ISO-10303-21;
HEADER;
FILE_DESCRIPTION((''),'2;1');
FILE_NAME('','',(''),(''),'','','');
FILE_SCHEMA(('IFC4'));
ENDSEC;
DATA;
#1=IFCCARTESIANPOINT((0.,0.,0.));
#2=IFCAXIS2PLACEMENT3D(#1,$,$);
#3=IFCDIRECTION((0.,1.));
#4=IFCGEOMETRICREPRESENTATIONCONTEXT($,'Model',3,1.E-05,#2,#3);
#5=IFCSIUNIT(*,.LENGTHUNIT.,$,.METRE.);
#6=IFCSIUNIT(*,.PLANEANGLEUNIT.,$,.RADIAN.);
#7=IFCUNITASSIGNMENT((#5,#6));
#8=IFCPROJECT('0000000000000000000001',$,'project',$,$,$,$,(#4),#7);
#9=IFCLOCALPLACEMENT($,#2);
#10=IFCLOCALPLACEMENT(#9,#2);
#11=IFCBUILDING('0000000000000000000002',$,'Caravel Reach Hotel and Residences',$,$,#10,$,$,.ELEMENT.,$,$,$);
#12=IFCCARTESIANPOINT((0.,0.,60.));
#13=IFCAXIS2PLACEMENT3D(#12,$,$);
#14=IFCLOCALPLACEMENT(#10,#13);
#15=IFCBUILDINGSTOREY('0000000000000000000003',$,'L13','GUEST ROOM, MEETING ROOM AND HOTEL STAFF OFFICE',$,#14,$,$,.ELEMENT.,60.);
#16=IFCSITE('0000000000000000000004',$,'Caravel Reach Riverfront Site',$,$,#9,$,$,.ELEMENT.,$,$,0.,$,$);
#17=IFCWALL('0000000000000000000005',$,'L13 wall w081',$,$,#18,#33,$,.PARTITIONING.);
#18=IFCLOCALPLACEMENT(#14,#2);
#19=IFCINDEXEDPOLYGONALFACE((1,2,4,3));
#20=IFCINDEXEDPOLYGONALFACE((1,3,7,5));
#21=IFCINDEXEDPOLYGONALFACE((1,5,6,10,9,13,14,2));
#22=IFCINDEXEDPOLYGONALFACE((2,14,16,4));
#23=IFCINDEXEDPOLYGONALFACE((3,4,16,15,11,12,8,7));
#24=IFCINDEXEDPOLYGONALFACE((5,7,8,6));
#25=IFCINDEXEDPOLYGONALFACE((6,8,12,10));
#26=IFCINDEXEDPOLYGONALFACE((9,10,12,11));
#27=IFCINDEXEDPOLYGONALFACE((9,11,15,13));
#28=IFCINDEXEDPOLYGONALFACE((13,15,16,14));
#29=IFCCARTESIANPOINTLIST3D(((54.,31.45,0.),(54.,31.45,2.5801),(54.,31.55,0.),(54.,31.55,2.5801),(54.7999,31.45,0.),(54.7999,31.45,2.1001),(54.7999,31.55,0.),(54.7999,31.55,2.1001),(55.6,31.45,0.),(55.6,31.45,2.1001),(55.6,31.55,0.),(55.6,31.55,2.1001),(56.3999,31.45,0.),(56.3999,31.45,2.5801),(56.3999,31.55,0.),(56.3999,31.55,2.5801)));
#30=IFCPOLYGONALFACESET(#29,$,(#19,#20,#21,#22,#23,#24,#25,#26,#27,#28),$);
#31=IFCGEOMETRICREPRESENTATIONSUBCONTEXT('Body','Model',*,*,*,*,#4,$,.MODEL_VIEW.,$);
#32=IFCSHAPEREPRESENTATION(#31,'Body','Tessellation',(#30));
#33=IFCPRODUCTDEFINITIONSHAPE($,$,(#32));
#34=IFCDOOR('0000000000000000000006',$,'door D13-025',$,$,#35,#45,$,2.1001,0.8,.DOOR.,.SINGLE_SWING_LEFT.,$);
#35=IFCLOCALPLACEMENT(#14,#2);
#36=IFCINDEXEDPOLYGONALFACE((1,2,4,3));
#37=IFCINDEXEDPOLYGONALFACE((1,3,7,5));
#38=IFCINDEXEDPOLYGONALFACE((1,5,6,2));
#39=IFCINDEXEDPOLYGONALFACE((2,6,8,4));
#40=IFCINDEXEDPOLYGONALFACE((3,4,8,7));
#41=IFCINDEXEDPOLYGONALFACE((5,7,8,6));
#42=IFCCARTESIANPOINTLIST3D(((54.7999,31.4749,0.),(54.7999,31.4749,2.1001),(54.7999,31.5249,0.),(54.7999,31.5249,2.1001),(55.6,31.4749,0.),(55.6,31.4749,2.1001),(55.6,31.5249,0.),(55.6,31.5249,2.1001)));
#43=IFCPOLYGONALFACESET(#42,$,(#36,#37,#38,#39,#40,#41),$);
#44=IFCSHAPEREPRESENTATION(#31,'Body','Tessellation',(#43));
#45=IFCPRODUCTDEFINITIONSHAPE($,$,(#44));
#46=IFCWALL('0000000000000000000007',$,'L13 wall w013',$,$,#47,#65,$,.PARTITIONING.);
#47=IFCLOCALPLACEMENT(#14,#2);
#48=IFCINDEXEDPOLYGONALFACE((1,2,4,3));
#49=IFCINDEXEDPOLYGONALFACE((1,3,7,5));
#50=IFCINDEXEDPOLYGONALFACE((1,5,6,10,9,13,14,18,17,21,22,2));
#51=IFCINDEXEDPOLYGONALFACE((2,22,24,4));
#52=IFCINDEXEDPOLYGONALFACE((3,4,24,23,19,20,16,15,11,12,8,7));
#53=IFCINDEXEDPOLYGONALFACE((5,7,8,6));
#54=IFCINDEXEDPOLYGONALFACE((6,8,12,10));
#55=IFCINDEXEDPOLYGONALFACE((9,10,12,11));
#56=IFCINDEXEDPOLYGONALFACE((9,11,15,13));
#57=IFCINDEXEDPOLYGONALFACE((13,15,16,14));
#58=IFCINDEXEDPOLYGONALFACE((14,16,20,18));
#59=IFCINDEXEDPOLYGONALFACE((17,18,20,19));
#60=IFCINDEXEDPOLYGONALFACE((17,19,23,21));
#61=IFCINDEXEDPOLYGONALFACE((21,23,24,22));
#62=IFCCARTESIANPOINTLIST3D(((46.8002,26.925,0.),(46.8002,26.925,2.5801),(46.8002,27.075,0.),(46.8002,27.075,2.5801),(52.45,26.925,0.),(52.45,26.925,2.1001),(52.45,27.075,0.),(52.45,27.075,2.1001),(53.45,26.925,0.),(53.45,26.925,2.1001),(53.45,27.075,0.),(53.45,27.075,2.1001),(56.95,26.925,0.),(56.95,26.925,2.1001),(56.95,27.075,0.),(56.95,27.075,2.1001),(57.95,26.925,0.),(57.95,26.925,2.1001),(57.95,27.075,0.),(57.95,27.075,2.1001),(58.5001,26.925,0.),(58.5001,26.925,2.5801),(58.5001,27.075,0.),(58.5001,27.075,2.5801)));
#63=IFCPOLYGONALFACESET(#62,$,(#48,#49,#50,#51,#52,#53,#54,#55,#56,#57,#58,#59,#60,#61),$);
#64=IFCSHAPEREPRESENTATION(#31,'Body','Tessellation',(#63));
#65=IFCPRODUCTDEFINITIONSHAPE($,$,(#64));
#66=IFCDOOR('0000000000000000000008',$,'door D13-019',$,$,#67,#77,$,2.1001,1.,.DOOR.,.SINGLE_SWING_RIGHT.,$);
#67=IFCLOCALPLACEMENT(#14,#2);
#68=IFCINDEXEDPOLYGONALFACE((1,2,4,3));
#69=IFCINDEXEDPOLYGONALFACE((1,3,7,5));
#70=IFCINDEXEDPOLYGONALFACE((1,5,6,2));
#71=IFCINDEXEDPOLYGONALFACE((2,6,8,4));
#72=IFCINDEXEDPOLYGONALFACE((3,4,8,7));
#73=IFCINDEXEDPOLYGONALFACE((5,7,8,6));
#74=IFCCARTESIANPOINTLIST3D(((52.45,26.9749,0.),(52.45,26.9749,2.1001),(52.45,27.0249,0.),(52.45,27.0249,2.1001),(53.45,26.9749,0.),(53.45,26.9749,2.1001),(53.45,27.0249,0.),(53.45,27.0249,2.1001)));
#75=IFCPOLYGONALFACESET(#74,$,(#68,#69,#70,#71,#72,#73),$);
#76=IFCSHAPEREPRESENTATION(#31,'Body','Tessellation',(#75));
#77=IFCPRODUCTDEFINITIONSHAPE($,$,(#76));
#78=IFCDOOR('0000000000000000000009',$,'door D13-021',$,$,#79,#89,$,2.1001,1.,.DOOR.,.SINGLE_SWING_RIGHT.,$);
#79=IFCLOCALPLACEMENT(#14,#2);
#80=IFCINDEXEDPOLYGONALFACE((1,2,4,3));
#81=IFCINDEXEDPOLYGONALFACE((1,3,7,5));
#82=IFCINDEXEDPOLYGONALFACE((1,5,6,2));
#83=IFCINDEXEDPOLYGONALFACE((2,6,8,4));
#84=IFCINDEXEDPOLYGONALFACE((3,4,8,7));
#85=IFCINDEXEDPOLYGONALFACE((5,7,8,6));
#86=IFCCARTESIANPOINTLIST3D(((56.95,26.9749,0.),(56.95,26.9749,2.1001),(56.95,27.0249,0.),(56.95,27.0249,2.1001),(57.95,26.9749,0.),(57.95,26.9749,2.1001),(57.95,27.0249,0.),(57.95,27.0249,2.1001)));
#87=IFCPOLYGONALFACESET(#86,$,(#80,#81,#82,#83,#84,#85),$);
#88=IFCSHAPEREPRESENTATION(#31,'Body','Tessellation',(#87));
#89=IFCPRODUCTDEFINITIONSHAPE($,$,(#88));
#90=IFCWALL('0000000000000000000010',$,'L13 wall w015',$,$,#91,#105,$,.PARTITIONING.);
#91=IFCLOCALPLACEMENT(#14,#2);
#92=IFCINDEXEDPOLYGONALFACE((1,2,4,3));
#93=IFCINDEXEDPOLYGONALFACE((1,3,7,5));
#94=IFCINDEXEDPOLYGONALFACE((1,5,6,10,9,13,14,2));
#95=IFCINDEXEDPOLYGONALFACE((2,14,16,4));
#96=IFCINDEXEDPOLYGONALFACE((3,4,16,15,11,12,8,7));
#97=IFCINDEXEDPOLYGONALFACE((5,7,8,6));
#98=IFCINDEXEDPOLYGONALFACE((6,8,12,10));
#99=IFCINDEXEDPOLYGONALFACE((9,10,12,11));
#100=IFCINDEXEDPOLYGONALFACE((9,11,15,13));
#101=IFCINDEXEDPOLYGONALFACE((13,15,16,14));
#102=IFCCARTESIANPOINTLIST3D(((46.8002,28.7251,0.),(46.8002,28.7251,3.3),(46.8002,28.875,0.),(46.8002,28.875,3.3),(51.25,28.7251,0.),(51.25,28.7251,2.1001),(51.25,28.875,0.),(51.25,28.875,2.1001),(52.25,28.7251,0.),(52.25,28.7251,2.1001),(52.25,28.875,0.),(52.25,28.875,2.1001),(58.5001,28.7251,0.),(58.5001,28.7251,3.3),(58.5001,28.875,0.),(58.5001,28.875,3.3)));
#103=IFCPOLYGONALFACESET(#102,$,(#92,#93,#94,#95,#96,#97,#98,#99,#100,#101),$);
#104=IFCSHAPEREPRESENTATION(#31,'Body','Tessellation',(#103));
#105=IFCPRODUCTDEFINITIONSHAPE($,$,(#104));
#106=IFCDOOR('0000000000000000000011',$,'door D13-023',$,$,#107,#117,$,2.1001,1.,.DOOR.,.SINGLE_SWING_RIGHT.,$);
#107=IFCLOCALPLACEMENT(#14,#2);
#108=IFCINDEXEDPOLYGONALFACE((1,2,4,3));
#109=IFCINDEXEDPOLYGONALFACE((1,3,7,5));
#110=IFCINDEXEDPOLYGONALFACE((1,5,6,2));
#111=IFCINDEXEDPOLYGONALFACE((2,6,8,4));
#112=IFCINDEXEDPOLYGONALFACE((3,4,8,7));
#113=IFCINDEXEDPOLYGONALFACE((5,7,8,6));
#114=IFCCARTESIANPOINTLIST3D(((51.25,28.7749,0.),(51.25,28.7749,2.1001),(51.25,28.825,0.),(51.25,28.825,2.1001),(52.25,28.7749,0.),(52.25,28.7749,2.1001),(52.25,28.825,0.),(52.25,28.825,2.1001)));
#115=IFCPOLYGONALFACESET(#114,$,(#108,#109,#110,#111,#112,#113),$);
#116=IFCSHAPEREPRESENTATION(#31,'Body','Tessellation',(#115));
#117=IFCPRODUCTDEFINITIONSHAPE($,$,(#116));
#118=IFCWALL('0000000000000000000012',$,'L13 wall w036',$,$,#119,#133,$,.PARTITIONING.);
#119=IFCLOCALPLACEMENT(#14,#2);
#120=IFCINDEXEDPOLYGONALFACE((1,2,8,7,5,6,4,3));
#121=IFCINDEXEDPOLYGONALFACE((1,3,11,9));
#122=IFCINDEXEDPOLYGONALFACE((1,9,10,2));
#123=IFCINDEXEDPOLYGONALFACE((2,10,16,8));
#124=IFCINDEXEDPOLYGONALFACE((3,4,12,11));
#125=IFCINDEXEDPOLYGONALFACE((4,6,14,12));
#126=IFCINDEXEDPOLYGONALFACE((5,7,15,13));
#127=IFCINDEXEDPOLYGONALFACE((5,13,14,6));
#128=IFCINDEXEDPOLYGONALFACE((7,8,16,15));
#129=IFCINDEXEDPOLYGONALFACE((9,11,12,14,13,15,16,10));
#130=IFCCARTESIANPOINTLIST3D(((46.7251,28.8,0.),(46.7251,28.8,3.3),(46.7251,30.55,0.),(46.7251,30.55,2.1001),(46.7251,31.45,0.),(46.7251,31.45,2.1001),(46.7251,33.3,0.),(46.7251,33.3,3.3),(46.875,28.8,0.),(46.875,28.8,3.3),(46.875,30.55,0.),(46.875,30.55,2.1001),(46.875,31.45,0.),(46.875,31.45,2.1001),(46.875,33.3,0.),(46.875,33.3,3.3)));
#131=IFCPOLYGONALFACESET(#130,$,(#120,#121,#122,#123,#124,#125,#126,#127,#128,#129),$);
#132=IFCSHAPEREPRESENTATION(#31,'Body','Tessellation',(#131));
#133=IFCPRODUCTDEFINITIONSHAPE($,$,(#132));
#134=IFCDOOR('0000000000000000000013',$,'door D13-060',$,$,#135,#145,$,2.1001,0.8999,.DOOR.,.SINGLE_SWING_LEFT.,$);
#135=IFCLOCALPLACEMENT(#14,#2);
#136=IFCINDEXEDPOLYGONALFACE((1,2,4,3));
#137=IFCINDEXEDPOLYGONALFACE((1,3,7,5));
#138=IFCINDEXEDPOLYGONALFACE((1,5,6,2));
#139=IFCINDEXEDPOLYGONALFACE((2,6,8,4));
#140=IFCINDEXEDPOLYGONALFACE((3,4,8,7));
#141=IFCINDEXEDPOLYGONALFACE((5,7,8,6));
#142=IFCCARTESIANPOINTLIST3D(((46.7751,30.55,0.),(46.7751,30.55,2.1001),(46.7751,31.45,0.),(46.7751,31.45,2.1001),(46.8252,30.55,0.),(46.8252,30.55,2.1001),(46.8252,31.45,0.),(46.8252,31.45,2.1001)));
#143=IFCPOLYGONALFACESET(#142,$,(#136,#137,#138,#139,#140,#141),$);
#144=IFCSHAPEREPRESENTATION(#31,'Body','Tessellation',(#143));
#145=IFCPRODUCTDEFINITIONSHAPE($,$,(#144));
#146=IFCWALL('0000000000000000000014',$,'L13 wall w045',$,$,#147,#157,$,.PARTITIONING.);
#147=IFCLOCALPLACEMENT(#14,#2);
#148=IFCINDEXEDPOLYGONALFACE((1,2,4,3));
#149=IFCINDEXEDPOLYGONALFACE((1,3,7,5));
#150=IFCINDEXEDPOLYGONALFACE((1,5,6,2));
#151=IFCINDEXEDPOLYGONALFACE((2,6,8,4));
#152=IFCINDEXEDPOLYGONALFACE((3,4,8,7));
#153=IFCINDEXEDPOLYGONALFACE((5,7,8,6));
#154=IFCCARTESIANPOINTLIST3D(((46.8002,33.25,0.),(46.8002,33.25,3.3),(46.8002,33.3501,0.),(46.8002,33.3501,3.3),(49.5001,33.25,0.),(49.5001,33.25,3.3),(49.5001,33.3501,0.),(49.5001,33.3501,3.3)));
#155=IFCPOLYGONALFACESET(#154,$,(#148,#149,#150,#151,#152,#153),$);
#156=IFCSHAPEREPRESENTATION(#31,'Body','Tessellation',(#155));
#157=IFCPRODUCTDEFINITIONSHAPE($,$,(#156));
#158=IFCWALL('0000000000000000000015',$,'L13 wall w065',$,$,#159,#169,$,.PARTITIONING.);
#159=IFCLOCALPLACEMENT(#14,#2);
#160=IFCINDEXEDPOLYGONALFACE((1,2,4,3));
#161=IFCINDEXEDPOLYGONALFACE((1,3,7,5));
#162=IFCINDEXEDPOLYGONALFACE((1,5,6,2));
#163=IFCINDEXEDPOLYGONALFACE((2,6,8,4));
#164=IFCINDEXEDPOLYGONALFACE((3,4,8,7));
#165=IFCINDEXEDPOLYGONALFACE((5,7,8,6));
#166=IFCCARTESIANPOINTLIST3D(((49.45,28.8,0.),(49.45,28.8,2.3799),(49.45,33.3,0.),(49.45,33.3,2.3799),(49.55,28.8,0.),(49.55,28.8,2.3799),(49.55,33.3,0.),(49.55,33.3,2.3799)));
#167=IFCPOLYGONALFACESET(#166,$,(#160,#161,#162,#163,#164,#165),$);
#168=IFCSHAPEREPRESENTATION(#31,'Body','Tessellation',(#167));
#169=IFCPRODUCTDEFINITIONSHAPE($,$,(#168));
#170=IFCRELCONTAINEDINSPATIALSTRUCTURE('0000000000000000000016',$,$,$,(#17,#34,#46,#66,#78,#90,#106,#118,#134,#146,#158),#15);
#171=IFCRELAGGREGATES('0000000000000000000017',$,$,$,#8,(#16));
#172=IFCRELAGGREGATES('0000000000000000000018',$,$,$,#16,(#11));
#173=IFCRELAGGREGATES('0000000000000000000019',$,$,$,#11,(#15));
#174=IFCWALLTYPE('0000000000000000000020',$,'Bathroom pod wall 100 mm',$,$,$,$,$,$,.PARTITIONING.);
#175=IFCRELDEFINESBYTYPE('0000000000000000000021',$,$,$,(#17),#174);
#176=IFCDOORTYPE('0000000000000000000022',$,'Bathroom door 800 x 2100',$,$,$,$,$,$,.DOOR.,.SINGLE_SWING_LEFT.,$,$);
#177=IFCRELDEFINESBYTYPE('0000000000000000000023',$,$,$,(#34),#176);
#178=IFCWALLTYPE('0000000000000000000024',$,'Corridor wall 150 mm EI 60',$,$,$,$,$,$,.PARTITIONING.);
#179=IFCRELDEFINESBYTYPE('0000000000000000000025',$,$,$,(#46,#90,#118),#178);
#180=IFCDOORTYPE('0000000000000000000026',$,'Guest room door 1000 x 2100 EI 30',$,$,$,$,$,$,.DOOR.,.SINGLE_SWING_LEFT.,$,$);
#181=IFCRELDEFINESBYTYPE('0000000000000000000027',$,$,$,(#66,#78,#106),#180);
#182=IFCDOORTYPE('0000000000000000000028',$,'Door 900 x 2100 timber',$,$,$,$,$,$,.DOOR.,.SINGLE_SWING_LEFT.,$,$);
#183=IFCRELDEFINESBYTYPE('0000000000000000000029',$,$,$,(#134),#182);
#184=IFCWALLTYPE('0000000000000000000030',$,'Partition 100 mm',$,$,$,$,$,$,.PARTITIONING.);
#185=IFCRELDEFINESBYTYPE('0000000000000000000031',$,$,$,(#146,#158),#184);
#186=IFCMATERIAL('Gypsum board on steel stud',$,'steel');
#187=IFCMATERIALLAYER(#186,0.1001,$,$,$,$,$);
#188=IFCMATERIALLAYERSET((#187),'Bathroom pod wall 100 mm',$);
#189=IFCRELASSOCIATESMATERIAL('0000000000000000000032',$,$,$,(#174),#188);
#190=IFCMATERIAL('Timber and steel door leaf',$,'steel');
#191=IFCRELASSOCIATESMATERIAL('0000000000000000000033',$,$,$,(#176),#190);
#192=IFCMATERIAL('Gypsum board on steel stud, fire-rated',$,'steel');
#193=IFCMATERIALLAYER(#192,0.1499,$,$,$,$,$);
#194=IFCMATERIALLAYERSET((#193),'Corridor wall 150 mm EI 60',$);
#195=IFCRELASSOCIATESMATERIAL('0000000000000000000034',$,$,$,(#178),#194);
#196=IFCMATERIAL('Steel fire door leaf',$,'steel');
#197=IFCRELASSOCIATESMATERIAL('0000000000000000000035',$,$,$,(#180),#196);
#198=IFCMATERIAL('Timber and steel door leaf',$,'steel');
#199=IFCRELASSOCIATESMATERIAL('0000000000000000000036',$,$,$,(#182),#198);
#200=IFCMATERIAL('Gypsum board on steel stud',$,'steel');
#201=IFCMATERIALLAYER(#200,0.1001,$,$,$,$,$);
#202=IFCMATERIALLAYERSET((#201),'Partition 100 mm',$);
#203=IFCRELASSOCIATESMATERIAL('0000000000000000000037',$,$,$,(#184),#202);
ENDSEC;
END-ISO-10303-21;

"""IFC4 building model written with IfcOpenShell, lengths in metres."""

from ifc_helpers import new_model, si_unit, direction, frame, frame_2d, origin, place, context, subcontext, project, spatial, rectangle, extrude, material, layer, layer_set, type_object, element, fill, save


model = new_model("IFC4")

# Units and contexts
model_context = context("Model", 3, precision=1e-05, world=origin(), true_north=direction((0.0, 1.0)))
body_context = subcontext(model_context, "Body", "Model", "MODEL_VIEW")
ifc_project = project(units=[si_unit("LENGTHUNIT", "METRE"), si_unit("PLANEANGLEUNIT", "RADIAN")], contexts=[model_context])

# Site, building, storey
site_placement = place(None, origin())
site = spatial("IfcSite", under=ifc_project, at=site_placement, Name="Caravel Reach Riverfront Site", CompositionType="ELEMENT", RefElevation=0.0)
building_placement = place(site_placement, origin())
building = spatial("IfcBuilding", under=site, at=building_placement, Name="Caravel Reach Hotel and Residences", CompositionType="ELEMENT")
storey_placement = place(building_placement, frame((0.0, 0.0, 60.0)))
storey = spatial("IfcBuildingStorey", under=building, at=storey_placement, Name="L13", Description="GUEST ROOM, MEETING ROOM AND HOTEL STAFF OFFICE", CompositionType="ELEMENT", Elevation=60.0)

# Wall, opening, door
ifc_material_1 = material(Name="Gypsum board on steel stud", Category="steel")
ifc_layer_1 = layer(ifc_material_1, 0.1001)
ifc_layer_set_1 = layer_set([ifc_layer_1], Name="Bathroom pod wall 100 mm")
wall_type_1 = type_object("IfcWallType", Name="Bathroom pod wall 100 mm", PredefinedType="PARTITIONING", material=ifc_layer_set_1)
wall_1_placement = place(storey_placement, frame((54.0, 31.5, 0.0), z_axis=(0.0, 0.0, 1.0), x_axis=(1.0, 0.0, 0.0)))
wall_1 = element("IfcWall", 1, at=wall_1_placement, inside=storey, type_object=wall_type_1, Name="L13 wall w081", PredefinedType="PARTITIONING", context=body_context, shape_type="SweptSolid", body=[
    extrude(rectangle(XDim=2.3999, YDim=0.1001, at=frame_2d((1.2, 0.0))), origin(), (0.0, 0.0, 1.0), 2.5801),
])
opening_1_placement = place(wall_1_placement, frame((0.8, 0.0, 0.0)))
opening_1 = element("IfcOpeningElement", 2, at=opening_1_placement, cuts=wall_1, PredefinedType="OPENING", context=body_context, shape_type="SweptSolid", body=[
    extrude(rectangle(XDim=0.8, YDim=2.1001, at=frame_2d((0.3999, 1.05))), frame((0.0, 0.0601, 0.0), z_axis=(0.0, -1.0, 0.0), x_axis=(1.0, 0.0, 0.0)), (0.0, 0.0, 1.0), 0.1201),
])
ifc_material_2 = material(Name="Timber and steel door leaf", Category="steel")
door_type_1 = type_object("IfcDoorType", Name="Bathroom door 800 x 2100", OperationType="SINGLE_SWING_LEFT", PredefinedType="DOOR", material=ifc_material_2)
door_1_placement = place(opening_1_placement, origin())
door_1 = element("IfcDoor", 3, at=door_1_placement, inside=storey, type_object=door_type_1, Name="door D13-025", OperationType="SINGLE_SWING_LEFT", OverallHeight=2.1001, OverallWidth=0.8, PredefinedType="DOOR", context=body_context, shape_type="SweptSolid", body=[
    extrude(rectangle(XDim=0.8, YDim=2.1001, at=frame_2d((0.3999, 1.05))), frame((0.0, 0.0249, 0.0), z_axis=(0.0, -1.0, 0.0), x_axis=(1.0, 0.0, 0.0)), (0.0, 0.0, 1.0), 0.05),
])
fill(opening_1, door_1)

# Wall, openings, doors
ifc_material_3 = material(Name="Gypsum board on steel stud, fire-rated", Category="steel")
ifc_layer_2 = layer(ifc_material_3, 0.1499)
ifc_layer_set_2 = layer_set([ifc_layer_2], Name="Corridor wall 150 mm EI 60")
wall_type_2 = type_object("IfcWallType", Name="Corridor wall 150 mm EI 60", PredefinedType="PARTITIONING", material=ifc_layer_set_2)
wall_2_placement = place(storey_placement, frame((46.8, 27.0, 0.0), z_axis=(0.0, 0.0, 1.0), x_axis=(1.0, 0.0, 0.0)))
wall_2 = element("IfcWall", 4, at=wall_2_placement, inside=storey, type_object=wall_type_2, Name="L13 wall w013", PredefinedType="PARTITIONING", context=body_context, shape_type="SweptSolid", body=[
    extrude(rectangle(XDim=11.7, YDim=0.1499, at=frame_2d((5.8501, 0.0))), origin(), (0.0, 0.0, 1.0), 2.5801),
])
opening_2_placement = place(wall_2_placement, frame((5.6499, 0.0, 0.0)))
opening_2 = element("IfcOpeningElement", 5, at=opening_2_placement, cuts=wall_2, PredefinedType="OPENING", context=body_context, shape_type="SweptSolid", body=[
    extrude(rectangle(XDim=1.0, YDim=2.1001, at=frame_2d((0.5, 1.05))), frame((0.0, 0.085, 0.0), z_axis=(0.0, -1.0, 0.0), x_axis=(1.0, 0.0, 0.0)), (0.0, 0.0, 1.0), 0.1699),
])
opening_3_placement = place(wall_2_placement, frame((10.1499, 0.0, 0.0)))
opening_3 = element("IfcOpeningElement", 6, at=opening_3_placement, cuts=wall_2, PredefinedType="OPENING", context=body_context, shape_type="SweptSolid", body=[
    extrude(rectangle(XDim=1.0, YDim=2.1001, at=frame_2d((0.5, 1.05))), frame((0.0, 0.085, 0.0), z_axis=(0.0, -1.0, 0.0), x_axis=(1.0, 0.0, 0.0)), (0.0, 0.0, 1.0), 0.1699),
])
ifc_material_4 = material(Name="Steel fire door leaf", Category="steel")
door_type_2 = type_object("IfcDoorType", Name="Guest room door 1000 x 2100 EI 30", OperationType="SINGLE_SWING_LEFT", PredefinedType="DOOR", material=ifc_material_4)
door_2_placement = place(opening_2_placement, origin())
door_2 = element("IfcDoor", 7, at=door_2_placement, inside=storey, type_object=door_type_2, Name="door D13-019", OperationType="SINGLE_SWING_RIGHT", OverallHeight=2.1001, OverallWidth=1.0, PredefinedType="DOOR", context=body_context, shape_type="SweptSolid", body=[
    extrude(rectangle(XDim=1.0, YDim=2.1001, at=frame_2d((0.5, 1.05))), frame((0.0, 0.0249, 0.0), z_axis=(0.0, -1.0, 0.0), x_axis=(1.0, 0.0, 0.0)), (0.0, 0.0, 1.0), 0.05),
])
fill(opening_2, door_2)
door_3_placement = place(opening_3_placement, origin())
door_3 = element("IfcDoor", 8, at=door_3_placement, inside=storey, type_object=door_type_2, Name="door D13-021", OperationType="SINGLE_SWING_RIGHT", OverallHeight=2.1001, OverallWidth=1.0, PredefinedType="DOOR", context=body_context, shape_type="SweptSolid", body=[
    extrude(rectangle(XDim=1.0, YDim=2.1001, at=frame_2d((0.5, 1.05))), frame((0.0, 0.0249, 0.0), z_axis=(0.0, -1.0, 0.0), x_axis=(1.0, 0.0, 0.0)), (0.0, 0.0, 1.0), 0.05),
])
fill(opening_3, door_3)

# Walls, openings, doors
wall_3_placement = place(storey_placement, frame((46.8, 28.8, 0.0), z_axis=(0.0, 0.0, 1.0), x_axis=(1.0, 0.0, 0.0)))
wall_3 = element("IfcWall", 9, at=wall_3_placement, inside=storey, type_object=wall_type_2, Name="L13 wall w015", PredefinedType="PARTITIONING", context=body_context, shape_type="SweptSolid", body=[
    extrude(rectangle(XDim=11.7, YDim=0.1499, at=frame_2d((5.8501, 0.0))), origin(), (0.0, 0.0, 1.0), 3.3),
])
opening_4_placement = place(wall_3_placement, frame((4.45, 0.0, 0.0)))
opening_4 = element("IfcOpeningElement", 10, at=opening_4_placement, cuts=wall_3, PredefinedType="OPENING", context=body_context, shape_type="SweptSolid", body=[
    extrude(rectangle(XDim=1.0, YDim=2.1001, at=frame_2d((0.5, 1.05))), frame((0.0, 0.085, 0.0), z_axis=(0.0, -1.0, 0.0), x_axis=(1.0, 0.0, 0.0)), (0.0, 0.0, 1.0), 0.1699),
])
door_4_placement = place(opening_4_placement, origin())
door_4 = element("IfcDoor", 11, at=door_4_placement, inside=storey, type_object=door_type_2, Name="door D13-023", OperationType="SINGLE_SWING_RIGHT", OverallHeight=2.1001, OverallWidth=1.0, PredefinedType="DOOR", context=body_context, shape_type="SweptSolid", body=[
    extrude(rectangle(XDim=1.0, YDim=2.1001, at=frame_2d((0.5, 1.05))), frame((0.0, 0.0249, 0.0), z_axis=(0.0, -1.0, 0.0), x_axis=(1.0, 0.0, 0.0)), (0.0, 0.0, 1.0), 0.05),
])
fill(opening_4, door_4)
wall_4_placement = place(storey_placement, frame((46.8, 28.8, 0.0), z_axis=(0.0, 0.0, 1.0), x_axis=(0.0, 1.0, 0.0)))
wall_4 = element("IfcWall", 12, at=wall_4_placement, inside=storey, type_object=wall_type_2, Name="L13 wall w036", PredefinedType="PARTITIONING", context=body_context, shape_type="SweptSolid", body=[
    extrude(rectangle(XDim=4.5, YDim=0.1499, at=frame_2d((2.25, 0.0))), origin(), (0.0, 0.0, 1.0), 3.3),
])
opening_5_placement = place(wall_4_placement, frame((1.75, 0.0, 0.0)))
opening_5 = element("IfcOpeningElement", 13, at=opening_5_placement, cuts=wall_4, PredefinedType="OPENING", context=body_context, shape_type="SweptSolid", body=[
    extrude(rectangle(XDim=0.8999, YDim=2.1001, at=frame_2d((0.45, 1.05))), frame((0.0, 0.085, 0.0), z_axis=(0.0, -1.0, 0.0), x_axis=(1.0, 0.0, 0.0)), (0.0, 0.0, 1.0), 0.1699),
])
ifc_material_5 = material(Name="Timber and steel door leaf", Category="steel")
door_type_3 = type_object("IfcDoorType", Name="Door 900 x 2100 timber", OperationType="SINGLE_SWING_LEFT", PredefinedType="DOOR", material=ifc_material_5)
door_5_placement = place(opening_5_placement, origin())
door_5 = element("IfcDoor", 14, at=door_5_placement, inside=storey, type_object=door_type_3, Name="door D13-060", OperationType="SINGLE_SWING_LEFT", OverallHeight=2.1001, OverallWidth=0.8999, PredefinedType="DOOR", context=body_context, shape_type="SweptSolid", body=[
    extrude(rectangle(XDim=0.8999, YDim=2.1001, at=frame_2d((0.45, 1.05))), frame((0.0, 0.0249, 0.0), z_axis=(0.0, -1.0, 0.0), x_axis=(1.0, 0.0, 0.0)), (0.0, 0.0, 1.0), 0.05),
])
fill(opening_5, door_5)

# Walls
ifc_material_6 = material(Name="Gypsum board on steel stud", Category="steel")
ifc_layer_3 = layer(ifc_material_6, 0.1001)
ifc_layer_set_3 = layer_set([ifc_layer_3], Name="Partition 100 mm")
wall_type_3 = type_object("IfcWallType", Name="Partition 100 mm", PredefinedType="PARTITIONING", material=ifc_layer_set_3)
wall_5_placement = place(storey_placement, frame((46.8, 33.3, 0.0), z_axis=(0.0, 0.0, 1.0), x_axis=(1.0, 0.0, 0.0)))
element("IfcWall", 15, at=wall_5_placement, inside=storey, type_object=wall_type_3, Name="L13 wall w045", PredefinedType="PARTITIONING", context=body_context, shape_type="SweptSolid", body=[
    extrude(rectangle(XDim=2.7, YDim=0.1001, at=frame_2d((1.3501, 0.0))), origin(), (0.0, 0.0, 1.0), 3.3),
])
wall_6_placement = place(storey_placement, frame((49.5, 28.8, 0.0), z_axis=(0.0, 0.0, 1.0), x_axis=(0.0, 1.0, 0.0)))
element("IfcWall", 16, at=wall_6_placement, inside=storey, type_object=wall_type_3, Name="L13 wall w065", PredefinedType="PARTITIONING", context=body_context, shape_type="SweptSolid", body=[
    extrude(rectangle(XDim=4.5, YDim=0.1001, at=frame_2d((2.25, 0.0))), origin(), (0.0, 0.0, 1.0), 2.3799),
])

save(model, "model.ifc")
